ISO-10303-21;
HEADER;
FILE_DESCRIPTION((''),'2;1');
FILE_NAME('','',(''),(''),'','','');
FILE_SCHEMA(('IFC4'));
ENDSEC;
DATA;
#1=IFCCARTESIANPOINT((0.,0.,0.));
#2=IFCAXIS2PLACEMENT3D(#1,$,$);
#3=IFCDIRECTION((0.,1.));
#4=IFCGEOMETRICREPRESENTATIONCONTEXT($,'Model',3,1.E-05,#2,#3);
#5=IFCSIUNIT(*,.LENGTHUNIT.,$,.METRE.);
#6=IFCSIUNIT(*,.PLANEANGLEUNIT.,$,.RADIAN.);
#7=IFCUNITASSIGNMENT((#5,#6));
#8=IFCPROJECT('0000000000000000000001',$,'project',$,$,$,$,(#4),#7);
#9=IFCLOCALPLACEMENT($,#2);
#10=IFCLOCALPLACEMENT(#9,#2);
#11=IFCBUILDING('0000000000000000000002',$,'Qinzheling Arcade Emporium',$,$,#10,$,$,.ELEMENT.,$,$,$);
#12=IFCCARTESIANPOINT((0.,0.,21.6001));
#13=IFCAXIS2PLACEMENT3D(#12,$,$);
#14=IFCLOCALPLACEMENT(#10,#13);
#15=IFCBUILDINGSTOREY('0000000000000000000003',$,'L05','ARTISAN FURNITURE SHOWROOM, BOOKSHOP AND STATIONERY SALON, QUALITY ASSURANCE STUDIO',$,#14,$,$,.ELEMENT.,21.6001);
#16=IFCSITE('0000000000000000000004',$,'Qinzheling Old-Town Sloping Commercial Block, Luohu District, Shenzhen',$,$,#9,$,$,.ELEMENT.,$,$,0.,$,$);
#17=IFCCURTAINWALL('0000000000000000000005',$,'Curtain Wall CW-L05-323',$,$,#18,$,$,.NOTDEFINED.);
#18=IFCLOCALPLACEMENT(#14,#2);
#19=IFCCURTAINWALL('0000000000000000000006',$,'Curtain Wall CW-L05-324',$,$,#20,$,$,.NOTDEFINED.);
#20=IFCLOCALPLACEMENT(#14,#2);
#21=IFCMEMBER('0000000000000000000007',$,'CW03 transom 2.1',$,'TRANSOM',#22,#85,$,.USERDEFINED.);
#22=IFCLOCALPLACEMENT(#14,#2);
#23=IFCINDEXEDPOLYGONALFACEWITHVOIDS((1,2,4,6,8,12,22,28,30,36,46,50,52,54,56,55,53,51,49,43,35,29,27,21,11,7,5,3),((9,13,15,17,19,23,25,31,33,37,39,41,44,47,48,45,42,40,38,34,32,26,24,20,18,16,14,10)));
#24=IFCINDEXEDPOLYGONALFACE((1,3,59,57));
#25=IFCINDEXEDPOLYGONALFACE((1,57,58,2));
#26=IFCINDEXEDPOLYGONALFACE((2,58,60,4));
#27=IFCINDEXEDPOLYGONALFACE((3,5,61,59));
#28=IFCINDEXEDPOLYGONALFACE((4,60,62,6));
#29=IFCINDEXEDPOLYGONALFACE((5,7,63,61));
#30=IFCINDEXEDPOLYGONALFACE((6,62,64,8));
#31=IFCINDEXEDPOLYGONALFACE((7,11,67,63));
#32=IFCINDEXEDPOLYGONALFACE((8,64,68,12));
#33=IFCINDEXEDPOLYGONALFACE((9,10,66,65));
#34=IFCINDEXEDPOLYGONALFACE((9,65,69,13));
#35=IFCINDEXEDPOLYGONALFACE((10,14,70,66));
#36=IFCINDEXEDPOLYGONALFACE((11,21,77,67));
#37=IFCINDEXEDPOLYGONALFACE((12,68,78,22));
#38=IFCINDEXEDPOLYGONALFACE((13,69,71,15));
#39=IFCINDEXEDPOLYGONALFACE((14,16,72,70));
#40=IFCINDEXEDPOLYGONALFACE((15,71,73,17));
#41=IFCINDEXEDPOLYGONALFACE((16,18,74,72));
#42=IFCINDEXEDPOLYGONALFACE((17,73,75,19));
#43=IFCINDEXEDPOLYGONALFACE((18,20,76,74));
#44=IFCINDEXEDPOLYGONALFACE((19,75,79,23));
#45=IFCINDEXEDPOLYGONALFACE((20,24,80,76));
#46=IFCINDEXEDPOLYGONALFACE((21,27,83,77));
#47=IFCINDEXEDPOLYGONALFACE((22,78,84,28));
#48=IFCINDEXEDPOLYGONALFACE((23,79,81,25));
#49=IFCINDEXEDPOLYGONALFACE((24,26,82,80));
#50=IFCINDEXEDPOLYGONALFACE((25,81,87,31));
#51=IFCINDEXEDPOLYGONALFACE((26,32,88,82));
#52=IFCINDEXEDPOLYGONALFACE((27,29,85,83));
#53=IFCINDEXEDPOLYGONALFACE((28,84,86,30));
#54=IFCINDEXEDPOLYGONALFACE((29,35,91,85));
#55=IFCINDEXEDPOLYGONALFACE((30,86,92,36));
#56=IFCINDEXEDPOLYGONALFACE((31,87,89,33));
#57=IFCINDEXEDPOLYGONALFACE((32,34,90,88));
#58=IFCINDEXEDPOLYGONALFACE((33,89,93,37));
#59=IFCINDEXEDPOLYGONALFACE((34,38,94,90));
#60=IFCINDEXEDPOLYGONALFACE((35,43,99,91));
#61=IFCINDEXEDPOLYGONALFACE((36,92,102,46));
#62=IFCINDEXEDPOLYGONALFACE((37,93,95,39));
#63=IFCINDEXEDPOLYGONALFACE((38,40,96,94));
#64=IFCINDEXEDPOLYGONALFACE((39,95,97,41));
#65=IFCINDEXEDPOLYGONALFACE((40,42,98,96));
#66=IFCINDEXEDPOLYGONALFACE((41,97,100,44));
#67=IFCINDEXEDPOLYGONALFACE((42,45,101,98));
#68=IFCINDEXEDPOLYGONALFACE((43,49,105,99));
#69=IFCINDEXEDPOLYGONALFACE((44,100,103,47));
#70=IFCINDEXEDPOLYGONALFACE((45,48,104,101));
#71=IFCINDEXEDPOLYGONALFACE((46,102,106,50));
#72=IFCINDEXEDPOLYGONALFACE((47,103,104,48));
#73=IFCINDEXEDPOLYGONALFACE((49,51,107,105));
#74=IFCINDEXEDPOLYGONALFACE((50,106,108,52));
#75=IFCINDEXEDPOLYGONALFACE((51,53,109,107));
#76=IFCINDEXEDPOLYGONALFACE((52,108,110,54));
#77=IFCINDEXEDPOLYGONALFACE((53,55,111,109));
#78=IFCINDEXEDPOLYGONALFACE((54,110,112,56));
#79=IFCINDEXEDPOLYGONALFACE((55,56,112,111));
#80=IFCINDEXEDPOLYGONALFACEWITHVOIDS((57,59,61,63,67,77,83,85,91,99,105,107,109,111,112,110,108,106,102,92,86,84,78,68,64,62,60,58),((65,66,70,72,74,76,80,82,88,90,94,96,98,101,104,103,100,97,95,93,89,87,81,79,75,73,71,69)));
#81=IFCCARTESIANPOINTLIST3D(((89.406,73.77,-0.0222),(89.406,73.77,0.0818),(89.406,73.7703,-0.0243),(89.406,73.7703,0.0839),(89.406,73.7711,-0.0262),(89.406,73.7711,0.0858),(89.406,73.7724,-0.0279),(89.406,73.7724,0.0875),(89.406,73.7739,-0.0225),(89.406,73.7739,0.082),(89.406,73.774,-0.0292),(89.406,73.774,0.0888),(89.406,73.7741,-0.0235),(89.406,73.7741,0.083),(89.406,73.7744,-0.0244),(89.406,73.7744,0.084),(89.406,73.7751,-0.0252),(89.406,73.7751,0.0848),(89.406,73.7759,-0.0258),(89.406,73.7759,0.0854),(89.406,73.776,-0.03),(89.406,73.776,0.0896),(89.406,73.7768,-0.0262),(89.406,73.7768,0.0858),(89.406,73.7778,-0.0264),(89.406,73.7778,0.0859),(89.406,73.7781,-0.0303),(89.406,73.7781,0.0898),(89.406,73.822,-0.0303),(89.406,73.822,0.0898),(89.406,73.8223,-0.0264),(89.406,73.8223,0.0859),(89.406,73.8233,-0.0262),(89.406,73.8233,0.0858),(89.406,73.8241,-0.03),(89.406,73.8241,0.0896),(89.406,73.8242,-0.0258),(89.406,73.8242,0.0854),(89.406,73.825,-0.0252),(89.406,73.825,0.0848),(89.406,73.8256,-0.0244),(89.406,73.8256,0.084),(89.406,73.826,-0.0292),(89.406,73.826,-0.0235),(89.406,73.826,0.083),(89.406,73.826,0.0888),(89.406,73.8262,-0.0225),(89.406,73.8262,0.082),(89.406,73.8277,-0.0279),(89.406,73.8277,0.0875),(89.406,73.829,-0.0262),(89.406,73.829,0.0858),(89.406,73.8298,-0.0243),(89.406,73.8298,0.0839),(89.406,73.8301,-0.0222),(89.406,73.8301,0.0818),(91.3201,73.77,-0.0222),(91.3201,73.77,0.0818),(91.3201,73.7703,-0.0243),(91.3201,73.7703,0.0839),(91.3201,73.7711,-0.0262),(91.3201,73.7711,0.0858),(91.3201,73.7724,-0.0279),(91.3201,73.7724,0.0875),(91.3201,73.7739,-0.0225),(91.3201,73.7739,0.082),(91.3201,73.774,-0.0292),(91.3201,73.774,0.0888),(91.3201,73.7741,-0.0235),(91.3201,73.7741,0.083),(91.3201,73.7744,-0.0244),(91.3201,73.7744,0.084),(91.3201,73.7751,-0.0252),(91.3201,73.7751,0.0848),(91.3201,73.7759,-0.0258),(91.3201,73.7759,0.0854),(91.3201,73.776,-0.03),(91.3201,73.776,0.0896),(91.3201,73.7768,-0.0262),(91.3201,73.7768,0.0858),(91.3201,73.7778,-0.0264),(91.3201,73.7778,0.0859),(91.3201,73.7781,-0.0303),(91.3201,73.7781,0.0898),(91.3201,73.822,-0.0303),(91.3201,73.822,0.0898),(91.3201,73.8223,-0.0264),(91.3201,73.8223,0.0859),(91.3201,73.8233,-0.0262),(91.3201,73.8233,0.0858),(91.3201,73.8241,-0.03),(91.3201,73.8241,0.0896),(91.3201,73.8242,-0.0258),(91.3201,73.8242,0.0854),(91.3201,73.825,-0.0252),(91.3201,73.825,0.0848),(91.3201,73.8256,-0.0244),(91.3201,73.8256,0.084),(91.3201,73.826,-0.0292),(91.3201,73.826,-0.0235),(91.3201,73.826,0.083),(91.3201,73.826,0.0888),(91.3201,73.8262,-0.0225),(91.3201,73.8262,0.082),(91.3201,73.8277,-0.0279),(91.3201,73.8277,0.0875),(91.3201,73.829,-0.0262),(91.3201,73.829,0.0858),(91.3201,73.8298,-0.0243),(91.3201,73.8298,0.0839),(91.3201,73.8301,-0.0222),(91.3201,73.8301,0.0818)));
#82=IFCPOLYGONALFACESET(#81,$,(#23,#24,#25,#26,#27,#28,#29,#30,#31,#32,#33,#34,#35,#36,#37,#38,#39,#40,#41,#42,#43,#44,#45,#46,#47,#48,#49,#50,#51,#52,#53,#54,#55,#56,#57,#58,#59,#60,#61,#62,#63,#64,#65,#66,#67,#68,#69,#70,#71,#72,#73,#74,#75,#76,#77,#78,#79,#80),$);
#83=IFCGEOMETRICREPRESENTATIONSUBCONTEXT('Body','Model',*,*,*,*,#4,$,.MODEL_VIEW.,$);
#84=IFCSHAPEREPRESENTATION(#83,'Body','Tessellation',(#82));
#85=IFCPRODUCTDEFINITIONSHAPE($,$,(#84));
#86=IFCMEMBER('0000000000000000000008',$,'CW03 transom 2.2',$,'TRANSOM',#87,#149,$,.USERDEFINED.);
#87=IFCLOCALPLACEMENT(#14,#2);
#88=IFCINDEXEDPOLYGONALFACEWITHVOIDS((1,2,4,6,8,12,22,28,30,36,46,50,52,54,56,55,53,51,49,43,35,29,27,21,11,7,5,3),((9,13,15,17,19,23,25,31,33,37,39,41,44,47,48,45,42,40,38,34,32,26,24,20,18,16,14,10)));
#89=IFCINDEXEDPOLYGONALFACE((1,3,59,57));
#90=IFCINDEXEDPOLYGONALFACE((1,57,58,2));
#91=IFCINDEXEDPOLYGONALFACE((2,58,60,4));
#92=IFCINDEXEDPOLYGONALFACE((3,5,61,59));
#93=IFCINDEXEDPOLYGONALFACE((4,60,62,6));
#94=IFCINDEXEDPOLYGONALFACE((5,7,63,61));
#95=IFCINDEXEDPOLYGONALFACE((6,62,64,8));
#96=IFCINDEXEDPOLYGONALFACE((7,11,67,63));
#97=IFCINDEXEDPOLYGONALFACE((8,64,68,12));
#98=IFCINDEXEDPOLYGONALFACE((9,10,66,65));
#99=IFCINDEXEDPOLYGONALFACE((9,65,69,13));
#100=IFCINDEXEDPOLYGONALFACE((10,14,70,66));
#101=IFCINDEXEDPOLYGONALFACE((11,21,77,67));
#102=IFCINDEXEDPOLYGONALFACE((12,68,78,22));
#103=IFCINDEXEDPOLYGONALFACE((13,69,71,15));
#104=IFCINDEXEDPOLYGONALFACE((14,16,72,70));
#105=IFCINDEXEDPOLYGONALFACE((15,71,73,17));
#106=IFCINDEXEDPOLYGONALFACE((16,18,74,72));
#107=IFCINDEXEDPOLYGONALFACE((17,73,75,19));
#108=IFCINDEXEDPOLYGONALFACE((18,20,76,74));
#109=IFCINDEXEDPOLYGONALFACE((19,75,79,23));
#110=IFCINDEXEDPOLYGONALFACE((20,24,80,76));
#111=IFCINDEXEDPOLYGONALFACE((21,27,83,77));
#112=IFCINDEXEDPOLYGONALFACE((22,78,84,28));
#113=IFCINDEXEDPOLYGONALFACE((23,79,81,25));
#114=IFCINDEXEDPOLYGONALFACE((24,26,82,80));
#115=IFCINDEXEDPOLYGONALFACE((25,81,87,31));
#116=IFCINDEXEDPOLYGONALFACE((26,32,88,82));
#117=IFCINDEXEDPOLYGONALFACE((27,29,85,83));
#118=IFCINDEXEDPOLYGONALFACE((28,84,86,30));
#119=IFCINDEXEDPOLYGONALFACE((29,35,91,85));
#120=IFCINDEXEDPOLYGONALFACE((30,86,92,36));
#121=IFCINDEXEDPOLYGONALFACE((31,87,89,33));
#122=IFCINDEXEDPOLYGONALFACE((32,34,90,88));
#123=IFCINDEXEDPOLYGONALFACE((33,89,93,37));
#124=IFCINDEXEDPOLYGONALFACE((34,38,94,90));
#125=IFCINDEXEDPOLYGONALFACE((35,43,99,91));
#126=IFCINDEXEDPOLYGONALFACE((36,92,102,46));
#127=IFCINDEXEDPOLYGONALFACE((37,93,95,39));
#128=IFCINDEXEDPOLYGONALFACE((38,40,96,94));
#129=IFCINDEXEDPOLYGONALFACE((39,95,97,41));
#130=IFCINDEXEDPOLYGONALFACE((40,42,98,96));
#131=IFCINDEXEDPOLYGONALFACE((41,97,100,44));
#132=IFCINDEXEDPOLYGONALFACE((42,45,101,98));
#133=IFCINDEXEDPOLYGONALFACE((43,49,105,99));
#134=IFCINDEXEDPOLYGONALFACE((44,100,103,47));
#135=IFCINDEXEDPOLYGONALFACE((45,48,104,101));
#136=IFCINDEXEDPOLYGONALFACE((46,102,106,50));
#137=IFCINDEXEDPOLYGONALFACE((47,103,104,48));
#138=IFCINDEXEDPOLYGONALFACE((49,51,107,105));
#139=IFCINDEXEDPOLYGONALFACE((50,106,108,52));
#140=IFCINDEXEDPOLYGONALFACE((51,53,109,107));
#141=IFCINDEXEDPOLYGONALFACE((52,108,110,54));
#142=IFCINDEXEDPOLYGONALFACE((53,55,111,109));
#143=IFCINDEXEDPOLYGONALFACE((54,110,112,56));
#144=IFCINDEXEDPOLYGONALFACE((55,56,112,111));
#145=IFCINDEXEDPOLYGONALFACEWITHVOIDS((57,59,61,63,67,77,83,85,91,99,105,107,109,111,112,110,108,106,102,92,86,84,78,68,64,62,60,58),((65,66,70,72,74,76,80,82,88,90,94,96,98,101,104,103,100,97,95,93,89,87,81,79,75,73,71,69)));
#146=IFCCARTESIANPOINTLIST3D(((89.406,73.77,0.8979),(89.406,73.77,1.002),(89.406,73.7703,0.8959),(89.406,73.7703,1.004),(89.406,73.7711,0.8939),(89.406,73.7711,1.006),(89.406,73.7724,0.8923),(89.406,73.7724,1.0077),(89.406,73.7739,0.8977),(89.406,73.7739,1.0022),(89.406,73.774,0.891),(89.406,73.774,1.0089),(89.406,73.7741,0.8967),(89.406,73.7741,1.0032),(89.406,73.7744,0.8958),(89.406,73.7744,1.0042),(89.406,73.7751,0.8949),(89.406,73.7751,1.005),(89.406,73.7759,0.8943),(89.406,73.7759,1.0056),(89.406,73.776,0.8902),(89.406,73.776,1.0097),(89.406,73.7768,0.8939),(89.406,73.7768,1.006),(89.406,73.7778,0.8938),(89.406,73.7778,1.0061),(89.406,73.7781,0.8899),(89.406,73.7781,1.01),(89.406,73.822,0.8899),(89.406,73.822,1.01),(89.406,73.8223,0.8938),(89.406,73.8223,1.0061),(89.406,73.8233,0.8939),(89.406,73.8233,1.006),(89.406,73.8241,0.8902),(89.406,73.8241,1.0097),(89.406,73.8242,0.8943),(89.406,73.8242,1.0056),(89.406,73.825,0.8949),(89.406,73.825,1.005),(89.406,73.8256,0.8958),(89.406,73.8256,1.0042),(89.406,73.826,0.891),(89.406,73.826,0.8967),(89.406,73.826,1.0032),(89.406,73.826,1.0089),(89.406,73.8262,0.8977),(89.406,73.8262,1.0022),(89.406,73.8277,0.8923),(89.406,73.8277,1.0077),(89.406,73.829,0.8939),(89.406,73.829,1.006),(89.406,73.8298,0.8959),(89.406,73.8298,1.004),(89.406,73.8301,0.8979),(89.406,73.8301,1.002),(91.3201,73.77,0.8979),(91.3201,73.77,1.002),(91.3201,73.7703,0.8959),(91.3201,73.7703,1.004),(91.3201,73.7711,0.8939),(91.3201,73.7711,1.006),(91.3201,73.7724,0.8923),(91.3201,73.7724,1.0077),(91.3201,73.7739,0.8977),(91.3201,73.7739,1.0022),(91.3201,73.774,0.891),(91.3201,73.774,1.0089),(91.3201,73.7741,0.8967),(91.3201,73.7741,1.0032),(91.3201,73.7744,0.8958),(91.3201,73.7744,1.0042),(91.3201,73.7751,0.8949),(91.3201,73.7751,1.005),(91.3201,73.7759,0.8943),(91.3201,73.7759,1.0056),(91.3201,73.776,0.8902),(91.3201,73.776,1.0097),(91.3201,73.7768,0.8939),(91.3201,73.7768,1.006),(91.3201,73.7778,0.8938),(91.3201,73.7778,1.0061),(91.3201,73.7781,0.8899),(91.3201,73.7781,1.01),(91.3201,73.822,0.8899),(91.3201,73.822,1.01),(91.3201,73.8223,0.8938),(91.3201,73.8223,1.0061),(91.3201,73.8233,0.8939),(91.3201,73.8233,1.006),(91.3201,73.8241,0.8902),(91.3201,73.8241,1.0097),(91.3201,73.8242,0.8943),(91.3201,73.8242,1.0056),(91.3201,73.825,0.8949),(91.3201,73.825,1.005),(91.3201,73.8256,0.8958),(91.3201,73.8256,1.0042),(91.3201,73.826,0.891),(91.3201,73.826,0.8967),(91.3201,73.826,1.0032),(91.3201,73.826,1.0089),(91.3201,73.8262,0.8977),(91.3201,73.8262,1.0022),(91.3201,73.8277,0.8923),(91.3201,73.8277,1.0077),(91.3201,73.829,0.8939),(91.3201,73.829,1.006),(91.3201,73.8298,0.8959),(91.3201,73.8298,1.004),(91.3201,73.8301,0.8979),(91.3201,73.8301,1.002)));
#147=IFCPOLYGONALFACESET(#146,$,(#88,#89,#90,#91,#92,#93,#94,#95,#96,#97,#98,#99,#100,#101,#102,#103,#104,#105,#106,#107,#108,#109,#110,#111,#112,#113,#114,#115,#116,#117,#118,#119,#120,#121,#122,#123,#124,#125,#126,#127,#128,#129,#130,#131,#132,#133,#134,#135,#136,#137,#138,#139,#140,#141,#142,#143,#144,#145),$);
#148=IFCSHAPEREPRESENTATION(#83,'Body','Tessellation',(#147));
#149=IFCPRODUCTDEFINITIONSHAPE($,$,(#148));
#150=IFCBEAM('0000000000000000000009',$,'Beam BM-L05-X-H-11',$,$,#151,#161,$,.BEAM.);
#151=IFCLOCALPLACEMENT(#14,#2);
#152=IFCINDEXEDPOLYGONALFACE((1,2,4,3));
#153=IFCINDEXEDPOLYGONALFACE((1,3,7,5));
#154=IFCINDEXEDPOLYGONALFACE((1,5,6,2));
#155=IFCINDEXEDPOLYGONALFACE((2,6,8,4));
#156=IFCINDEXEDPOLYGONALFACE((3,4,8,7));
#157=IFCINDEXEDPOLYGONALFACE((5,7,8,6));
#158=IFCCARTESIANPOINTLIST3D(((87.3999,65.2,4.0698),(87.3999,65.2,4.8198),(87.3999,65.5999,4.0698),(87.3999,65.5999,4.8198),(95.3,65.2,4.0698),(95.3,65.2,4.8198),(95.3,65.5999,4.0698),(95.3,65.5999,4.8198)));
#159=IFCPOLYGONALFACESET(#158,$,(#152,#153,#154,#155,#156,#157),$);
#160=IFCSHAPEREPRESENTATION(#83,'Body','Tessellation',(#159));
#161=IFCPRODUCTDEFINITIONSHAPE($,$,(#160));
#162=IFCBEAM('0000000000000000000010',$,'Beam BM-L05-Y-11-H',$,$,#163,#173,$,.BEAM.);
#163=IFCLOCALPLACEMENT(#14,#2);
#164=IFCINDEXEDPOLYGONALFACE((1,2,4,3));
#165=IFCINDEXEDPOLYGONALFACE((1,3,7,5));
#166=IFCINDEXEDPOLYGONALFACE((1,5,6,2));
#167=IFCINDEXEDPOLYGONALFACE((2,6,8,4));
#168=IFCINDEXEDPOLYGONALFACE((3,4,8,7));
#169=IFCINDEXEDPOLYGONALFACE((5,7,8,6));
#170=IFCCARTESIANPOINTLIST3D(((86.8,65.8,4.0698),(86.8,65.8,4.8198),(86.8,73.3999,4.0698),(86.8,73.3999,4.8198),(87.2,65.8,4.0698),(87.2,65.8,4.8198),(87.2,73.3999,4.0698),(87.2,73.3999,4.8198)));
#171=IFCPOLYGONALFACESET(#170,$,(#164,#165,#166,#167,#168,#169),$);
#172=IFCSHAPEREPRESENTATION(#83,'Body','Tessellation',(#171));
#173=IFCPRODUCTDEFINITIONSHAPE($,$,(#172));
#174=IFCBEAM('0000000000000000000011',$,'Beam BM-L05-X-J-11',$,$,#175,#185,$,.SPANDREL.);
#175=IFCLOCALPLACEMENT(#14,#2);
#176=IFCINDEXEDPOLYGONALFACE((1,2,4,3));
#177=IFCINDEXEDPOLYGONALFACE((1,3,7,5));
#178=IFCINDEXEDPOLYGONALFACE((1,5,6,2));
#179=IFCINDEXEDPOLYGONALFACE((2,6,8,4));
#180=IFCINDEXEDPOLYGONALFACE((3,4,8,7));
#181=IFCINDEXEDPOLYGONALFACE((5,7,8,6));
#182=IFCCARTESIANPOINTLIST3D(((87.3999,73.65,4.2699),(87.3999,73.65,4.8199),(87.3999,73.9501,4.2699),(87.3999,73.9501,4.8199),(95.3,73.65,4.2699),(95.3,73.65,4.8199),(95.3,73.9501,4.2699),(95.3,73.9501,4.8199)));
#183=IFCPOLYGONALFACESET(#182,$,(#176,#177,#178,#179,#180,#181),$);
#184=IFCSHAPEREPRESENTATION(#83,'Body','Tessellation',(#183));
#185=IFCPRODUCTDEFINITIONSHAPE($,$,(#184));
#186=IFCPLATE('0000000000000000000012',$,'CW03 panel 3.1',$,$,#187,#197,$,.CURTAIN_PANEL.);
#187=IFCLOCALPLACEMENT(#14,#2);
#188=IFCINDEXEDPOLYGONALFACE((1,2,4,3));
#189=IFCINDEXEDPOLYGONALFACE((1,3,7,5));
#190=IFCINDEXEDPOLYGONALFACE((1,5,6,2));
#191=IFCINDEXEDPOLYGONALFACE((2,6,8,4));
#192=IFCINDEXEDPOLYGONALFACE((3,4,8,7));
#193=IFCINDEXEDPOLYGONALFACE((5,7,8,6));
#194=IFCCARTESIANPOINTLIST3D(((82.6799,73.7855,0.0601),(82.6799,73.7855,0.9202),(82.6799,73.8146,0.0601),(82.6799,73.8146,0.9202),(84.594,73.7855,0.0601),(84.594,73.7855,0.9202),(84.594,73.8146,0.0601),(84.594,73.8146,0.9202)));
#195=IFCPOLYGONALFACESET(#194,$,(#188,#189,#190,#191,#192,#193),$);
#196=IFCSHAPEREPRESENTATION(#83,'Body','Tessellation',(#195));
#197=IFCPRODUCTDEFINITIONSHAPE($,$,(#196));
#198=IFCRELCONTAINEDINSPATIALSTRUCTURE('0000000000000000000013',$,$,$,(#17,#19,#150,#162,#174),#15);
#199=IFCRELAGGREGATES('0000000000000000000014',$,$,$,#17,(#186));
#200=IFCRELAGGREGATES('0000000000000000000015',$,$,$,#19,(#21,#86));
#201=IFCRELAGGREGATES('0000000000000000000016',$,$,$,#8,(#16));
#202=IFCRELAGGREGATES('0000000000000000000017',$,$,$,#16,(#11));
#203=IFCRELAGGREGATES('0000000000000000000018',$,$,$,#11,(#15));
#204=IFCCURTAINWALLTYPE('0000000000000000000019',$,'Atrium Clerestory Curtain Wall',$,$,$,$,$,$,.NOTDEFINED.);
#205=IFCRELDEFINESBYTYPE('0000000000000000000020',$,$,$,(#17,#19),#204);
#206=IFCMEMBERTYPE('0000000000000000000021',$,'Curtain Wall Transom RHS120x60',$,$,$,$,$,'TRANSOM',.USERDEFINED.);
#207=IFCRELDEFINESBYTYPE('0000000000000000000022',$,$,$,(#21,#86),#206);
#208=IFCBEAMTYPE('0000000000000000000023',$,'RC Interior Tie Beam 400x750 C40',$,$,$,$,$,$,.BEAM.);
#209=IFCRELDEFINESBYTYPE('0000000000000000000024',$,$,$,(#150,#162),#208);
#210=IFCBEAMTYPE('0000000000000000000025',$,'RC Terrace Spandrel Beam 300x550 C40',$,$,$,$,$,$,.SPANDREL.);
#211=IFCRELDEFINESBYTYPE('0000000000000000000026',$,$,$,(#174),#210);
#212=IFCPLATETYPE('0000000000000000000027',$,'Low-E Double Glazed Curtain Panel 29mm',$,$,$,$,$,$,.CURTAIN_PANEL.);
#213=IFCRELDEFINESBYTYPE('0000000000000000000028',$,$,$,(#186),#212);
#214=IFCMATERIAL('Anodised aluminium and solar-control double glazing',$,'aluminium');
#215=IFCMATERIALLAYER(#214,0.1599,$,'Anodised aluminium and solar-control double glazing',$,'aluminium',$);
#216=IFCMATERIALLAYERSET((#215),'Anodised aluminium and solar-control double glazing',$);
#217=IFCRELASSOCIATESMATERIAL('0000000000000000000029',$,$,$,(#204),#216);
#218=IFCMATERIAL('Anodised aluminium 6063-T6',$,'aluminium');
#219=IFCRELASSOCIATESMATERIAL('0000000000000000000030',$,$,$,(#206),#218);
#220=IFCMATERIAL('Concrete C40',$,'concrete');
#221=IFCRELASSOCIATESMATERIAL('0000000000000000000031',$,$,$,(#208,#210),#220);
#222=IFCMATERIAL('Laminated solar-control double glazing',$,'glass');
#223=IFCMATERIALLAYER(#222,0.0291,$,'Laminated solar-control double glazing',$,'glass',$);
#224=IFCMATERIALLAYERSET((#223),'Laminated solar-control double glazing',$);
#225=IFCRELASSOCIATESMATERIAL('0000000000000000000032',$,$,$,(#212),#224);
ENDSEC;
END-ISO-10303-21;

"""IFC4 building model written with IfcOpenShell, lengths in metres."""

from ifc_helpers import new_model, si_unit, direction, frame, origin, origin_2d, place, context, subcontext, project, spatial, rectangle, hollow_rectangle, extrude, material, layer, layer_set, material_profile, profile_set, type_object, element, aggregate, save


model = new_model("IFC4")

# Units and contexts
model_context = context("Model", 3, precision=1e-05, world=origin(), true_north=direction((0.0, 1.0)))
body_context = subcontext(model_context, "Body", "Model", "MODEL_VIEW")
ifc_project = project(units=[si_unit("LENGTHUNIT", "METRE"), si_unit("PLANEANGLEUNIT", "RADIAN")], contexts=[model_context])

# Site, building, storey
site_placement = place(None, origin())
site = spatial("IfcSite", under=ifc_project, at=site_placement, Name="Qinzheling Old-Town Sloping Commercial Block, Luohu District, Shenzhen", CompositionType="ELEMENT", RefElevation=0.0)
building_placement = place(site_placement, origin())
building = spatial("IfcBuilding", under=site, at=building_placement, Name="Qinzheling Arcade Emporium", CompositionType="ELEMENT")
storey_placement = place(building_placement, frame((0.0, 0.0, 21.6001)))
storey = spatial("IfcBuildingStorey", under=building, at=storey_placement, Name="L05", Description="ARTISAN FURNITURE SHOWROOM, BOOKSHOP AND STATIONERY SALON, QUALITY ASSURANCE STUDIO", CompositionType="ELEMENT", Elevation=21.6001)

# Shared definitions
ifc_material_1 = material(Name="Concrete C40", Category="concrete")

# Curtain walls
ifc_material_2 = material(Name="Anodised aluminium and solar-control double glazing", Category="aluminium")
ifc_layer_1 = layer(ifc_material_2, 0.1599, Name="Anodised aluminium and solar-control double glazing", Category="aluminium")
ifc_layer_set_1 = layer_set([ifc_layer_1], Name="Anodised aluminium and solar-control double glazing")
curtain_wall_type = type_object("IfcCurtainWallType", Name="Atrium Clerestory Curtain Wall", PredefinedType="NOTDEFINED", material=ifc_layer_set_1)
curtain_wall_1_placement = place(storey_placement, origin())
curtain_wall_1 = element("IfcCurtainWall", 1, at=curtain_wall_1_placement, inside=storey, type_object=curtain_wall_type, Name="Curtain Wall CW-L05-323", PredefinedType="NOTDEFINED")
ifc_material_3 = material(Name="Anodised aluminium 6063-T6", Category="aluminium")
curtain_wall_2_placement = place(storey_placement, origin())
curtain_wall_2 = element("IfcCurtainWall", 2, at=curtain_wall_2_placement, inside=storey, type_object=curtain_wall_type, Name="Curtain Wall CW-L05-324", PredefinedType="NOTDEFINED")

# Members
ifc_material_profile_1 = material_profile(ifc_material_3, hollow_rectangle(XDim=0.0601, YDim=0.1201, WallThickness=0.0039, InnerFilletRadius=0.0039, OuterFilletRadius=0.0081, at=origin_2d()), Name="RHS 120x60x4", Category="aluminium")
ifc_profile_set_1 = profile_set([ifc_material_profile_1], Name="Anodised aluminium 6063-T6")
member_type_1 = type_object("IfcMemberType", Name="Curtain Wall Transom RHS120x60", ElementType="TRANSOM", PredefinedType="USERDEFINED", material=ifc_profile_set_1)
member_1_placement = place(storey_placement, frame((89.406, 73.8, 0.0298), z_axis=(1.0, 0.0, 0.0), x_axis=(0.0, 1.0, 0.0)))
member_1 = element("IfcMember", 3, at=member_1_placement, type_object=member_type_1, Name="CW03 transom 2.1", ObjectType="TRANSOM", PredefinedType="USERDEFINED", context=body_context, shape_type="SweptSolid", body=[
    extrude(hollow_rectangle(XDim=0.0601, YDim=0.1201, WallThickness=0.0039, InnerFilletRadius=0.0039, OuterFilletRadius=0.0081, at=origin_2d()), origin(), (0.0, 0.0, 1.0), 1.9141),
])
member_2_placement = place(storey_placement, frame((89.406, 73.8, 0.95), z_axis=(1.0, 0.0, 0.0), x_axis=(0.0, 1.0, 0.0)))
member_2 = element("IfcMember", 4, at=member_2_placement, type_object=member_type_1, Name="CW03 transom 2.2", ObjectType="TRANSOM", PredefinedType="USERDEFINED", context=body_context, shape_type="SweptSolid", body=[
    extrude(hollow_rectangle(XDim=0.0601, YDim=0.1201, WallThickness=0.0039, InnerFilletRadius=0.0039, OuterFilletRadius=0.0081, at=origin_2d()), origin(), (0.0, 0.0, 1.0), 1.9141),
])

# Beams
ifc_material_profile_2 = material_profile(ifc_material_1, rectangle(XDim=0.3999, YDim=0.75, at=origin_2d()), Name="RC 400x750", Category="concrete")
ifc_profile_set_2 = profile_set([ifc_material_profile_2], Name="Concrete C40")
beam_type_1 = type_object("IfcBeamType", Name="RC Interior Tie Beam 400x750 C40", PredefinedType="BEAM", material=ifc_profile_set_2)
beam_1_placement = place(storey_placement, frame((87.3999, 65.3999, 4.4448), z_axis=(1.0, 0.0, 0.0), x_axis=(0.0, 1.0, 0.0)))
element("IfcBeam", 5, at=beam_1_placement, inside=storey, type_object=beam_type_1, Name="Beam BM-L05-X-H-11", PredefinedType="BEAM", context=body_context, shape_type="SweptSolid", body=[
    extrude(rectangle(XDim=0.3999, YDim=0.75, at=origin_2d()), origin(), (0.0, 0.0, 1.0), 7.9001),
])
beam_2_placement = place(storey_placement, frame((87.0, 65.8, 4.4448), z_axis=(0.0, 1.0, 0.0), x_axis=(-1.0, 0.0, 0.0)))
element("IfcBeam", 6, at=beam_2_placement, inside=storey, type_object=beam_type_1, Name="Beam BM-L05-Y-11-H", PredefinedType="BEAM", context=body_context, shape_type="SweptSolid", body=[
    extrude(rectangle(XDim=0.3999, YDim=0.75, at=origin_2d()), origin(), (0.0, 0.0, 1.0), 7.5999),
])
ifc_material_profile_3 = material_profile(ifc_material_1, rectangle(XDim=0.3, YDim=0.55, at=origin_2d()), Name="RC 300x550", Category="concrete")
ifc_profile_set_3 = profile_set([ifc_material_profile_3], Name="Concrete C40")
beam_type_2 = type_object("IfcBeamType", Name="RC Terrace Spandrel Beam 300x550 C40", PredefinedType="SPANDREL", material=ifc_profile_set_3)
beam_3_placement = place(storey_placement, frame((87.3999, 73.8, 4.5449), z_axis=(1.0, 0.0, 0.0), x_axis=(0.0, 1.0, 0.0)))
element("IfcBeam", 7, at=beam_3_placement, inside=storey, type_object=beam_type_2, Name="Beam BM-L05-X-J-11", PredefinedType="SPANDREL", context=body_context, shape_type="SweptSolid", body=[
    extrude(rectangle(XDim=0.3, YDim=0.55, at=origin_2d()), origin(), (0.0, 0.0, 1.0), 7.9001),
])

# Plate
ifc_material_4 = material(Name="Laminated solar-control double glazing", Category="glass")
ifc_layer_2 = layer(ifc_material_4, 0.0291, Name="Laminated solar-control double glazing", Category="glass")
ifc_layer_set_2 = layer_set([ifc_layer_2], Name="Laminated solar-control double glazing")
plate_type_1 = type_object("IfcPlateType", Name="Low-E Double Glazed Curtain Panel 29mm", PredefinedType="CURTAIN_PANEL", material=ifc_layer_set_2)
plate_1_placement = place(storey_placement, frame((83.637, 73.8, 0.0601), z_axis=(0.0, 0.0, 1.0), x_axis=(1.0, 0.0, 0.0)))
plate_1 = element("IfcPlate", 8, at=plate_1_placement, type_object=plate_type_1, Name="CW03 panel 3.1", PredefinedType="CURTAIN_PANEL", context=body_context, shape_type="SweptSolid", body=[
    extrude(rectangle(XDim=1.9141, YDim=0.0291, at=origin_2d()), origin(), (0.0, 0.0, 1.0), 0.8601),
])
aggregate(curtain_wall_1, [plate_1])
aggregate(curtain_wall_2, [member_1, member_2])

save(model, "model.ifc")
